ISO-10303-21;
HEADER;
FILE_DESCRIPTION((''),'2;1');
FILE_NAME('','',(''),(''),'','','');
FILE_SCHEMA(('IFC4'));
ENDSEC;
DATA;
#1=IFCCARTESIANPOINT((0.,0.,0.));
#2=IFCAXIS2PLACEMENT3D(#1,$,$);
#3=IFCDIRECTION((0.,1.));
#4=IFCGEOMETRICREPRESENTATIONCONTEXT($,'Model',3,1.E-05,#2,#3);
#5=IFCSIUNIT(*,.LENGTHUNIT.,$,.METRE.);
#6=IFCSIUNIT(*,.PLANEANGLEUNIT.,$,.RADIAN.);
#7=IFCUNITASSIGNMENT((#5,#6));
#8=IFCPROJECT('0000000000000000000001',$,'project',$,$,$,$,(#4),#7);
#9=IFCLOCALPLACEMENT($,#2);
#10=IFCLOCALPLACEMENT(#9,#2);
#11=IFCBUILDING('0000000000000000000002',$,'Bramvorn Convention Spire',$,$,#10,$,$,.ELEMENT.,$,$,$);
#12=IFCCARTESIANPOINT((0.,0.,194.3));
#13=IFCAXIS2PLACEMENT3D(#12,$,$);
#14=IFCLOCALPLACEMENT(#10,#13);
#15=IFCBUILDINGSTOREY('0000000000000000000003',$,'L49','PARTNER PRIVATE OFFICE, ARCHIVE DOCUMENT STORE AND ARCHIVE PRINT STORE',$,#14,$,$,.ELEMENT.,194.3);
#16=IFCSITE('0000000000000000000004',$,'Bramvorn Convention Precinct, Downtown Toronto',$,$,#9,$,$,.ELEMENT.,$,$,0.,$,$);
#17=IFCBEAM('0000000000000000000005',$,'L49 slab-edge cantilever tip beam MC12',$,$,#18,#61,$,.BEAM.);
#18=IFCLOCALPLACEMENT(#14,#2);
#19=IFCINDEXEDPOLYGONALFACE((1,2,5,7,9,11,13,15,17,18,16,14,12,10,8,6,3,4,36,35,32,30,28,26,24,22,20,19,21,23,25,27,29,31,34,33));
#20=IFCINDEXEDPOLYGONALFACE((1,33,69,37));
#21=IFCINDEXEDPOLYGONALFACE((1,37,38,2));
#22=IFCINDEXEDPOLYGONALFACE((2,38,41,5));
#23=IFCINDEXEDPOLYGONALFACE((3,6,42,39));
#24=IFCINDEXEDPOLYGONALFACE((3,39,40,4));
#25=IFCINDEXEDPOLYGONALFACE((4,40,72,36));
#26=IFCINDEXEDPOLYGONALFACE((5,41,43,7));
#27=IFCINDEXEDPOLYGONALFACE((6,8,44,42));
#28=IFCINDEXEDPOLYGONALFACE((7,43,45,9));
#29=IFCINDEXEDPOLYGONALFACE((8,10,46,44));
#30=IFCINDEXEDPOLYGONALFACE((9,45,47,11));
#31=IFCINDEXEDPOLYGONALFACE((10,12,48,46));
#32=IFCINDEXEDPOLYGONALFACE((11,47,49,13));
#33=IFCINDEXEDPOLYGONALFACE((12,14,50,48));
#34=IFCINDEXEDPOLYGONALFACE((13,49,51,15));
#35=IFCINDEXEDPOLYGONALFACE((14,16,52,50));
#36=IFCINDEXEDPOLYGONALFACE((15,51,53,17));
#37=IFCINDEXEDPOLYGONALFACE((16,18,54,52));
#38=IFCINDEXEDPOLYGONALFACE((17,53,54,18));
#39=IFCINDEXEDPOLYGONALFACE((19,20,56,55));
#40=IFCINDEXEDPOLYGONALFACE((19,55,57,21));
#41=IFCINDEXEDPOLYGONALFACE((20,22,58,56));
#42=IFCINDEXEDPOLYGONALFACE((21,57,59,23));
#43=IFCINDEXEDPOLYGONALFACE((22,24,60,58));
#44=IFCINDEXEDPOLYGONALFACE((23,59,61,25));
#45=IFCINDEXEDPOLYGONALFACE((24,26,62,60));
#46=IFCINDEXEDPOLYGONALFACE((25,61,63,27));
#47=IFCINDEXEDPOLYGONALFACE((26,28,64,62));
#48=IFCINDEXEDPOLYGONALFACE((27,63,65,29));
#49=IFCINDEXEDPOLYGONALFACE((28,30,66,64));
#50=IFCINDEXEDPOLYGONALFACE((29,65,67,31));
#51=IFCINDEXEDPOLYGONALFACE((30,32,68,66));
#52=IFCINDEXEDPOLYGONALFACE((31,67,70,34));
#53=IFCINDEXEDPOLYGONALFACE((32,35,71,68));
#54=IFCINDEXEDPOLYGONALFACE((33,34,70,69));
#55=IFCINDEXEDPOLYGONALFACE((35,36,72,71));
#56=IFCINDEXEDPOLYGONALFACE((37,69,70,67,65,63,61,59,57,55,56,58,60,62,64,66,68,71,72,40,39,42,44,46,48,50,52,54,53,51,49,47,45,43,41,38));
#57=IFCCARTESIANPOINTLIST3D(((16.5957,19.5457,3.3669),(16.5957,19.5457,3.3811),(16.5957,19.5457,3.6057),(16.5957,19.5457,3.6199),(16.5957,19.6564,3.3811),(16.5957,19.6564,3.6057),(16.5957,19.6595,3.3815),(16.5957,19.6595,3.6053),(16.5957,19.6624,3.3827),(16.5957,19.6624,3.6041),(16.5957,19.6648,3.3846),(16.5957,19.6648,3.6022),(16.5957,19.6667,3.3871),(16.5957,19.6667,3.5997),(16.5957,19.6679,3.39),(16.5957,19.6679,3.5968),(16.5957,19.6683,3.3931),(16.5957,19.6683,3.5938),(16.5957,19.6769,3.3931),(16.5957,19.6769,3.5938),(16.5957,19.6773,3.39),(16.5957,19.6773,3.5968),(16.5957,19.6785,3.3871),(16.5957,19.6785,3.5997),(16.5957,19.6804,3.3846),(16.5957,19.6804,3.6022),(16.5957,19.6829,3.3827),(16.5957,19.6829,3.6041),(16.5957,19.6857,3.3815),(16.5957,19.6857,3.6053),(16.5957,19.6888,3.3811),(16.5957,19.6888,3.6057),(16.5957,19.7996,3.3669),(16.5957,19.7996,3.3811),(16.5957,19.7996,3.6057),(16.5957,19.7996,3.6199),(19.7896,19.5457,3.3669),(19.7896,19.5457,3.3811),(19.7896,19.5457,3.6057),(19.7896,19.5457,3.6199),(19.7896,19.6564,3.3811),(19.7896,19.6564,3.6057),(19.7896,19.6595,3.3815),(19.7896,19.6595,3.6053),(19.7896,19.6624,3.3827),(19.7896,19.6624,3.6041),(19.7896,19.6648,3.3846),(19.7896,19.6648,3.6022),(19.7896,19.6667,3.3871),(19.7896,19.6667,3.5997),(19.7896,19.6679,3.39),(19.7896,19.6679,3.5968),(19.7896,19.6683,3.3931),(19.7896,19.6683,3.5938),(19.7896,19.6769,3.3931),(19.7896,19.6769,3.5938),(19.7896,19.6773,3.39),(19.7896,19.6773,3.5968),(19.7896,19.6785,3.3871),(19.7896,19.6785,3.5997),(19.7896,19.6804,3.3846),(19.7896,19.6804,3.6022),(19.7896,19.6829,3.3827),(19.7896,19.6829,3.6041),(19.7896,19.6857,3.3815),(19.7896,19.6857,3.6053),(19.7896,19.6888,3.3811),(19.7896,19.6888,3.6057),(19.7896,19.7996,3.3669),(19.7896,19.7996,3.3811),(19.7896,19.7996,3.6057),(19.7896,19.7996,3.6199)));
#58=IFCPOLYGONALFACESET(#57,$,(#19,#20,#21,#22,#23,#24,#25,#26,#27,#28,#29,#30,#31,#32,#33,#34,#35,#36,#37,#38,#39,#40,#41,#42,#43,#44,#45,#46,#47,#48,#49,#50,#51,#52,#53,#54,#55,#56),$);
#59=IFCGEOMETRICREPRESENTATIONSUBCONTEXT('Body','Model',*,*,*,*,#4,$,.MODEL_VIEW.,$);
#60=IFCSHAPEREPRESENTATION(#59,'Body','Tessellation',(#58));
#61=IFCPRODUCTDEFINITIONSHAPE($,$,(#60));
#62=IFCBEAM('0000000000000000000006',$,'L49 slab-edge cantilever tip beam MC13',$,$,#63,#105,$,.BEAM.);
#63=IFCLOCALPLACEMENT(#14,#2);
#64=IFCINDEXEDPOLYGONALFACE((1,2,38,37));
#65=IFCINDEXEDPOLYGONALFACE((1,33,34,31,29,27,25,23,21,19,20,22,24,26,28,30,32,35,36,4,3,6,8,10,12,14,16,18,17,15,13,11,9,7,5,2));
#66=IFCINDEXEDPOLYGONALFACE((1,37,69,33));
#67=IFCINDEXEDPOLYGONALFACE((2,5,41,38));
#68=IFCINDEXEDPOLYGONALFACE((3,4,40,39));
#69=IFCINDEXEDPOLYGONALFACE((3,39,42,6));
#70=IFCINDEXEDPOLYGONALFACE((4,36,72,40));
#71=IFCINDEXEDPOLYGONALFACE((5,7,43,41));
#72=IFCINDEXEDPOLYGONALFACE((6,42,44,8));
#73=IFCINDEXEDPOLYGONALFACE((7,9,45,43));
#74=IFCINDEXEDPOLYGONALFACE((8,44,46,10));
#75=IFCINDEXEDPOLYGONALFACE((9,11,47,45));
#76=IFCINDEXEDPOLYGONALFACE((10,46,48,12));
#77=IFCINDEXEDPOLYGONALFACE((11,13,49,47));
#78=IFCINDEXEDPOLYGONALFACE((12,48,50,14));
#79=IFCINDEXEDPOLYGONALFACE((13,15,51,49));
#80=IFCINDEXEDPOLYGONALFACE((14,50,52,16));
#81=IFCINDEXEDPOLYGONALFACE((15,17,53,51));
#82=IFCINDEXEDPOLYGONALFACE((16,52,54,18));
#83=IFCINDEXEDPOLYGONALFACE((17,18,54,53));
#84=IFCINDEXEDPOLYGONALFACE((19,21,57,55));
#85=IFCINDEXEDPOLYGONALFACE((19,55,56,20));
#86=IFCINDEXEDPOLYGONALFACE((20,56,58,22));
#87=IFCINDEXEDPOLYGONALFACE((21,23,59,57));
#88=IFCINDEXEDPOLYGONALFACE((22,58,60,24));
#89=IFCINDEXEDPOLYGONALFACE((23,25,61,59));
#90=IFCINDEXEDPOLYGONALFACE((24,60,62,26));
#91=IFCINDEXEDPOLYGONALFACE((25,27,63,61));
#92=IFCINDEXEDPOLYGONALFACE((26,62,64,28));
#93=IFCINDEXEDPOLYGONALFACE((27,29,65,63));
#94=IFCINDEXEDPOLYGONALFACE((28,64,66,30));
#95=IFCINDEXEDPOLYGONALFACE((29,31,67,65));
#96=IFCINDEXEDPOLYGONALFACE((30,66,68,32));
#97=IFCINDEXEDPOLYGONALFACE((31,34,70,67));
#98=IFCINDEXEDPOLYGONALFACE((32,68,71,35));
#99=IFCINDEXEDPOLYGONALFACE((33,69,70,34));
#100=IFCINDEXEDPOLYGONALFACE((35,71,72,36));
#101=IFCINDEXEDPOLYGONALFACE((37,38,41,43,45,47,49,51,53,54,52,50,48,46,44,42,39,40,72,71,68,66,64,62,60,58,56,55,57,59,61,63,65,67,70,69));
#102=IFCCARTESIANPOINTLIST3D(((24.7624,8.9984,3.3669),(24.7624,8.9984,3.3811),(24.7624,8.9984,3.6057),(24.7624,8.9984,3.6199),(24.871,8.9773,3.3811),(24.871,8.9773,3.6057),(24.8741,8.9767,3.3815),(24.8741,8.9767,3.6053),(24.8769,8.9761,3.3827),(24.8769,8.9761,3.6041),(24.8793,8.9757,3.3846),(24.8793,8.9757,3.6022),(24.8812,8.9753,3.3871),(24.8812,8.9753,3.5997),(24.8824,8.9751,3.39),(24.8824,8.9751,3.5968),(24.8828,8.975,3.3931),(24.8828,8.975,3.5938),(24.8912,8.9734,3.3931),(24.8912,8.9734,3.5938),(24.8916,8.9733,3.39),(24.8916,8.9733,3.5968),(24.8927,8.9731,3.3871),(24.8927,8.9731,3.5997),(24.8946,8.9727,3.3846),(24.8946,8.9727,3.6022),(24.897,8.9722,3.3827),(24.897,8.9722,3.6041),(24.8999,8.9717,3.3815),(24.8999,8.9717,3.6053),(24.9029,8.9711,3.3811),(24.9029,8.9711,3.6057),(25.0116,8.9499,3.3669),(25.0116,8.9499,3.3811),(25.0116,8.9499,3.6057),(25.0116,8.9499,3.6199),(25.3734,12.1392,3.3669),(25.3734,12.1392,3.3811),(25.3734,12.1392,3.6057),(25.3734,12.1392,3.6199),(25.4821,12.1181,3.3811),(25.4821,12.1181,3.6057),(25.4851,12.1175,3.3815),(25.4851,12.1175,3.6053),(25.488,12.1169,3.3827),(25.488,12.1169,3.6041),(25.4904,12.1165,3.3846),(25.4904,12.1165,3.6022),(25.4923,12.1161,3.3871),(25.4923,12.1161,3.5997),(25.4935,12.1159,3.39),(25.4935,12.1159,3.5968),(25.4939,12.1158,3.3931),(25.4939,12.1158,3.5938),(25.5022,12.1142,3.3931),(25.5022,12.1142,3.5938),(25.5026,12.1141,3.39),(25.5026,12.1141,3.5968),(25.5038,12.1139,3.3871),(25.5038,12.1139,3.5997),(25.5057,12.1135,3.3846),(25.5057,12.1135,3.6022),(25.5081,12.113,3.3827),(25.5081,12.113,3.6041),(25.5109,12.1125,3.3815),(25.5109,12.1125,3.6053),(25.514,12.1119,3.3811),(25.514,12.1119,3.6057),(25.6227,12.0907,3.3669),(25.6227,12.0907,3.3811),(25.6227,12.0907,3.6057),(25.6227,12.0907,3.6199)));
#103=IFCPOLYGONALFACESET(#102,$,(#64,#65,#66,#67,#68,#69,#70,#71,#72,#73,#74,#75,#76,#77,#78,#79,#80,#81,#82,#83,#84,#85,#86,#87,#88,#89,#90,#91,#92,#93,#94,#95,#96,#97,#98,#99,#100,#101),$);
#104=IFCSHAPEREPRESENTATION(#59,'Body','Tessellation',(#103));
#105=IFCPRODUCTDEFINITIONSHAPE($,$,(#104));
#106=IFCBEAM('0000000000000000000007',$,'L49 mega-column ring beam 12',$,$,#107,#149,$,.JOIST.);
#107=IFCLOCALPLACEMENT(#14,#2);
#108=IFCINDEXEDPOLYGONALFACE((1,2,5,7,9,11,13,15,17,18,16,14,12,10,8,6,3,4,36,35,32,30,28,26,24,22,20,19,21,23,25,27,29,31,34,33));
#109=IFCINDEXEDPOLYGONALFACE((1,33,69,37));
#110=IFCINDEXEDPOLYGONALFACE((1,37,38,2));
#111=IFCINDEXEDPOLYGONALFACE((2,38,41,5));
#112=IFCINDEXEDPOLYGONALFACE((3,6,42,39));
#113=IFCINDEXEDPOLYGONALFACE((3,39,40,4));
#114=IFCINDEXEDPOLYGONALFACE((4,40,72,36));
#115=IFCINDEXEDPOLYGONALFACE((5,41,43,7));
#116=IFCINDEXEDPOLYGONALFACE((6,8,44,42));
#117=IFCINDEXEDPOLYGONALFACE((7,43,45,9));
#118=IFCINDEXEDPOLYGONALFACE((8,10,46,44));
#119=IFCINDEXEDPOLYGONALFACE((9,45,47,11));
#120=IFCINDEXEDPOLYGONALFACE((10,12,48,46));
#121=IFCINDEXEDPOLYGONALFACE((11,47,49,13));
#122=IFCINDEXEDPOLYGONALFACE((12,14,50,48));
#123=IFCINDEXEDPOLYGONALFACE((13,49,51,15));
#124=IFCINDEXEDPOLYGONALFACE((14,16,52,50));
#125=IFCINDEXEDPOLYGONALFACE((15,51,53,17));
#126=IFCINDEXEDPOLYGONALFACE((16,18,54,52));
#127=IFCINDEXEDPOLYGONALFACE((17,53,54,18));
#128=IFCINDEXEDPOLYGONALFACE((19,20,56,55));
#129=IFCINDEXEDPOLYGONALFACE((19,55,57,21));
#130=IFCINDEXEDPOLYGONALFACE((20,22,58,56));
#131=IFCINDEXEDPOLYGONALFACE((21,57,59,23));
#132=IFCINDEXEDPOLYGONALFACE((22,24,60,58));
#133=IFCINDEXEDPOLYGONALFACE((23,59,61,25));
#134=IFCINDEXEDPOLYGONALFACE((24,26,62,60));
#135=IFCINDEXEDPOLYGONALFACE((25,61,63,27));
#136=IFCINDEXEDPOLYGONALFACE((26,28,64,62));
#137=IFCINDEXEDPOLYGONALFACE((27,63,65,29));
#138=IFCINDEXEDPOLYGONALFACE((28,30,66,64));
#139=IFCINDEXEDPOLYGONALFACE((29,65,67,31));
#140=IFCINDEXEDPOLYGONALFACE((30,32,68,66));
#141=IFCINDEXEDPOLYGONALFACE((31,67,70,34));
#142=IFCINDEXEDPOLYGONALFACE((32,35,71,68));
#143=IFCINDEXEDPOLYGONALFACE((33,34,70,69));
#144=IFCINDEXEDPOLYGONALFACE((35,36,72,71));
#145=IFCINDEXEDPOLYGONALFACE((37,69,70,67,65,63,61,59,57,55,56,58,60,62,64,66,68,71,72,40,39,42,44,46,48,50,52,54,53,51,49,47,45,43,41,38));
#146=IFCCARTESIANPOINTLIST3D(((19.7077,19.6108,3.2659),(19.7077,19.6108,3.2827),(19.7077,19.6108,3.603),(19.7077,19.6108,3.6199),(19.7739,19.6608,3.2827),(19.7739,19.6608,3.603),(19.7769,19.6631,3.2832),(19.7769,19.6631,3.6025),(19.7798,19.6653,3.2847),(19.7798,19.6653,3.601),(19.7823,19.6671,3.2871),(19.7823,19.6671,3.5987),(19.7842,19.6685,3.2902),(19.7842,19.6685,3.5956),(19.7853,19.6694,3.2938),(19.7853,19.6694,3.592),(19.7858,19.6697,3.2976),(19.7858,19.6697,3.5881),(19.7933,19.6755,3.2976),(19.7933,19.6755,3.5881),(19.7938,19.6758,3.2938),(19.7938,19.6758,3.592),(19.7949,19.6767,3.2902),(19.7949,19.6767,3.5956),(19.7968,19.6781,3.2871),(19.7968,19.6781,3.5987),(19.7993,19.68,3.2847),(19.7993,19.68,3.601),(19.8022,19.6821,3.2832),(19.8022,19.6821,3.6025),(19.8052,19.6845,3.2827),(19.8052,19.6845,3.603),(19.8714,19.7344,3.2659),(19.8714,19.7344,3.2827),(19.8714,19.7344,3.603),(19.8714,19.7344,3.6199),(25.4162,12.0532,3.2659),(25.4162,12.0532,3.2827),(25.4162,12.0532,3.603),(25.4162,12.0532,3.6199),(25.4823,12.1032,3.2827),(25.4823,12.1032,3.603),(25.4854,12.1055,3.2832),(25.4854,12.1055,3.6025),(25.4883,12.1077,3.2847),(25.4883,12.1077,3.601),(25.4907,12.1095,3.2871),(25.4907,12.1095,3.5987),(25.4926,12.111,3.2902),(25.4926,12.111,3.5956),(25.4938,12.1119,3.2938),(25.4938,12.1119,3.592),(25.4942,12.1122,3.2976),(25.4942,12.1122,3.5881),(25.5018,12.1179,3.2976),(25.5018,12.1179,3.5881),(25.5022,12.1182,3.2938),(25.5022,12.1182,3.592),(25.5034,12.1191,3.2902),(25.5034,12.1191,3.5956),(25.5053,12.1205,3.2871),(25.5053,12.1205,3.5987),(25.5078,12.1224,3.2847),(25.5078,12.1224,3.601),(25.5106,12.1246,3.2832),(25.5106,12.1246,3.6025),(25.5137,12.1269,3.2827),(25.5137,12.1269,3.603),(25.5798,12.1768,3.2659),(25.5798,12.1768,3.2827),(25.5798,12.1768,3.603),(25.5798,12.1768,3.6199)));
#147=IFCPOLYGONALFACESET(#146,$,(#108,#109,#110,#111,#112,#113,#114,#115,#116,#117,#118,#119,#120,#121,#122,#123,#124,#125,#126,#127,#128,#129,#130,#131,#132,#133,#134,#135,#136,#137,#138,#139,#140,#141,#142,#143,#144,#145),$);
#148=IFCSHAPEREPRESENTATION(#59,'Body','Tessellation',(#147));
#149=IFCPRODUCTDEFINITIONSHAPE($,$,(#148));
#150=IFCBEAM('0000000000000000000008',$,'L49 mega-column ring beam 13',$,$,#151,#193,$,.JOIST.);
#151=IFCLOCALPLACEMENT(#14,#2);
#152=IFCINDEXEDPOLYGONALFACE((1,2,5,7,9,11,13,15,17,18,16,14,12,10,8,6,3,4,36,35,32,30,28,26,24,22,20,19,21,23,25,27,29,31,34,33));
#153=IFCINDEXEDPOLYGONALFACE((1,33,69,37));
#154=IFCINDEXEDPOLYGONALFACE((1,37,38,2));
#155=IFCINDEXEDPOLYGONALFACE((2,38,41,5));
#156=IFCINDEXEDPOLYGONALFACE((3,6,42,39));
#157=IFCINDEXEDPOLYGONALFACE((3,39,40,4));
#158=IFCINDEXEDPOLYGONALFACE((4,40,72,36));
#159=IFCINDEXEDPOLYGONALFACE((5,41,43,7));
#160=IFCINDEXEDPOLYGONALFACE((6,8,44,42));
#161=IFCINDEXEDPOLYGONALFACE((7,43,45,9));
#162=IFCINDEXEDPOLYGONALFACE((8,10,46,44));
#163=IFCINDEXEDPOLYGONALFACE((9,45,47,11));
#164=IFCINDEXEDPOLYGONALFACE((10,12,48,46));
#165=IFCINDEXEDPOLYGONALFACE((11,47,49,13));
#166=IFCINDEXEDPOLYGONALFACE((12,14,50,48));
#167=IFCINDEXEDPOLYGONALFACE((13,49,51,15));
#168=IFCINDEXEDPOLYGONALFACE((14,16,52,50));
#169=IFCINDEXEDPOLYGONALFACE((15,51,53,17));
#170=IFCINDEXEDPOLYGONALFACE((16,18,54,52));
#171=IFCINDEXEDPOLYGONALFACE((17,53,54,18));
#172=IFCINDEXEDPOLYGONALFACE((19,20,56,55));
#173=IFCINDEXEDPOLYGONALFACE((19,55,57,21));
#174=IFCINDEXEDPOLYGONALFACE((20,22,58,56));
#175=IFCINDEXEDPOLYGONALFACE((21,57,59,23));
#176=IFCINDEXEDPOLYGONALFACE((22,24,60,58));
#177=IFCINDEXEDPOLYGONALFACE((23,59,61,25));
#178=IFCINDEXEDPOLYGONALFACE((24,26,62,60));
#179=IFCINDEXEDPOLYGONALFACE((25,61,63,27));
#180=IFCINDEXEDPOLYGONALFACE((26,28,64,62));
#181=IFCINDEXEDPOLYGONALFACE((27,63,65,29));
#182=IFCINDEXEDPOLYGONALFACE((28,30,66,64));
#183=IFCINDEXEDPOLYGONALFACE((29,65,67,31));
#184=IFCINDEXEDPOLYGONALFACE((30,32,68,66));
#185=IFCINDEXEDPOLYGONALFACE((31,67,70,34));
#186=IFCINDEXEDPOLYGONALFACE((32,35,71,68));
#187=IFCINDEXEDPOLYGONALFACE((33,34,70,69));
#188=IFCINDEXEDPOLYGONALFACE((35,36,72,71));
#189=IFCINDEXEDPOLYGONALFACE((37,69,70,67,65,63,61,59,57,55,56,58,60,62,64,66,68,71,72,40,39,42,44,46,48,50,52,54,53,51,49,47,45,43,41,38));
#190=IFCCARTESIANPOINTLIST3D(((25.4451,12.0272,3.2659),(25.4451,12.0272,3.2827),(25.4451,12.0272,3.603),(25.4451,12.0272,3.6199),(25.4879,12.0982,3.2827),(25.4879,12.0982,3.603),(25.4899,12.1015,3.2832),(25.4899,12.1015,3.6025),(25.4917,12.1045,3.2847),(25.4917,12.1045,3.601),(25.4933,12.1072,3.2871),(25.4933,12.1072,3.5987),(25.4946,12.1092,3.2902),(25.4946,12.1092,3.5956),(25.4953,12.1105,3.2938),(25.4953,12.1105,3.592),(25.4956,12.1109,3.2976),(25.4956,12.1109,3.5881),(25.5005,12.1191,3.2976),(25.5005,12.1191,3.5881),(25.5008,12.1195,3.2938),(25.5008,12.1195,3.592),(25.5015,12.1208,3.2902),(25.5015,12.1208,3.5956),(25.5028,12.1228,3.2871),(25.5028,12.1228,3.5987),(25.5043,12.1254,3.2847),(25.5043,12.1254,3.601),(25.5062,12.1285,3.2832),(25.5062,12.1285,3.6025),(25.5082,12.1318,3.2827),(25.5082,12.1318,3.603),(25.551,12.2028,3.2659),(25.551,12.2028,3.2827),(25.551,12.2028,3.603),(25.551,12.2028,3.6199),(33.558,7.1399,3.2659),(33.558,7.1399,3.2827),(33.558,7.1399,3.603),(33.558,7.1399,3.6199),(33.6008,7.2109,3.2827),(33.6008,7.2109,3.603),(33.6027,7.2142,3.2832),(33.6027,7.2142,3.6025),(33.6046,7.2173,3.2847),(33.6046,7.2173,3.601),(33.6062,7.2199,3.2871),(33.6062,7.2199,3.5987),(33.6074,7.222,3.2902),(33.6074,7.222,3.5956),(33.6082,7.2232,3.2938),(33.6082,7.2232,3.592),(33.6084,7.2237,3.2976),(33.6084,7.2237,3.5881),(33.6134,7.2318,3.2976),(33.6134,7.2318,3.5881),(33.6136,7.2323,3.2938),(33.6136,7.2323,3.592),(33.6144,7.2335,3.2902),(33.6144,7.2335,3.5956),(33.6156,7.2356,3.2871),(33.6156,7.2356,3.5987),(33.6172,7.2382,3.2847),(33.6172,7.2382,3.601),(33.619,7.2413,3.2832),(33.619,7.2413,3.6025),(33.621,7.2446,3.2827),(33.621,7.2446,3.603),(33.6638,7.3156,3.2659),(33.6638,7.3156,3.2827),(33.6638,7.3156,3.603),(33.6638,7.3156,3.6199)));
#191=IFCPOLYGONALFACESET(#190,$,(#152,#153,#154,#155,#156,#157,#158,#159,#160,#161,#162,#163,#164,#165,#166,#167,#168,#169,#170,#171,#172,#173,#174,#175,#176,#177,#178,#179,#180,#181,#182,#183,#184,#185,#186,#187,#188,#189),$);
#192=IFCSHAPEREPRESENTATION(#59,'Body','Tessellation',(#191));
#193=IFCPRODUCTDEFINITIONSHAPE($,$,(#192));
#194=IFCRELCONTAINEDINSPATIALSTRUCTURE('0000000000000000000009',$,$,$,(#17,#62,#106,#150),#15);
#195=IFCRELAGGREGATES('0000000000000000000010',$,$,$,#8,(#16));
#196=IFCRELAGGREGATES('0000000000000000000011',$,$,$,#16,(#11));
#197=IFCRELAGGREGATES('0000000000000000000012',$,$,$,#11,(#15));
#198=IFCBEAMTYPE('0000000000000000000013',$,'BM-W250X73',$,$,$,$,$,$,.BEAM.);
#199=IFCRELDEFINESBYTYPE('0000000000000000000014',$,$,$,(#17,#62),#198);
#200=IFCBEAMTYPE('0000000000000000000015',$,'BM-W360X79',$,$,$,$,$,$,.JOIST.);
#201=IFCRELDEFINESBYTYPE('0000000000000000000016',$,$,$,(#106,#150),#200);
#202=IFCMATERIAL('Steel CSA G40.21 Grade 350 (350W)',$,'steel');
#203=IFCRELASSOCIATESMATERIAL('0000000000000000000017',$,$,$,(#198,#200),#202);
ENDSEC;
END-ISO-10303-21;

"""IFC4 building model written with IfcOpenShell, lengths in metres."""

from ifc_helpers import new_model, si_unit, direction, frame, origin, origin_2d, place, context, subcontext, project, spatial, i_section, extrude, material, material_profile, profile_set, type_object, element, save


model = new_model("IFC4")

# Units and contexts
model_context = context("Model", 3, precision=1e-05, world=origin(), true_north=direction((0.0, 1.0)))
body_context = subcontext(model_context, "Body", "Model", "MODEL_VIEW")
ifc_project = project(units=[si_unit("LENGTHUNIT", "METRE"), si_unit("PLANEANGLEUNIT", "RADIAN")], contexts=[model_context])

# Site, building, storey
site_placement = place(None, origin())
site = spatial("IfcSite", under=ifc_project, at=site_placement, Name="Bramvorn Convention Precinct, Downtown Toronto", CompositionType="ELEMENT", RefElevation=0.0)
building_placement = place(site_placement, origin())
building = spatial("IfcBuilding", under=site, at=building_placement, Name="Bramvorn Convention Spire", CompositionType="ELEMENT")
storey_placement = place(building_placement, frame((0.0, 0.0, 194.3)))
storey = spatial("IfcBuildingStorey", under=building, at=storey_placement, Name="L49", Description="PARTNER PRIVATE OFFICE, ARCHIVE DOCUMENT STORE AND ARCHIVE PRINT STORE", CompositionType="ELEMENT", Elevation=194.3)

# Shared definitions
ifc_material_1 = material(Name="Steel CSA G40.21 Grade 350 (350W)", Category="steel")

# Beams
ifc_material_profile_1 = material_profile(ifc_material_1, i_section(OverallWidth=0.2539, OverallDepth=0.2529, WebThickness=0.0085, FlangeThickness=0.0142, FilletRadius=0.012, at=origin_2d()))
ifc_profile_set_1 = profile_set([ifc_material_profile_1], Name="Steel CSA G40.21 Grade 350 (350W) - W250X73")
beam_type_1 = type_object("IfcBeamType", Name="BM-W250X73", PredefinedType="BEAM", material=ifc_profile_set_1)
beam_1_placement = place(storey_placement, frame((19.7896, 19.6726, 3.4934), z_axis=(-1.0, 0.0, 0.0), x_axis=(0.0, -1.0, 0.0)))
element("IfcBeam", 1, at=beam_1_placement, inside=storey, type_object=beam_type_1, Name="L49 slab-edge cantilever tip beam MC12", PredefinedType="BEAM", context=body_context, shape_type="SweptSolid", body=[
    extrude(i_section(OverallWidth=0.2539, OverallDepth=0.2529, WebThickness=0.0085, FlangeThickness=0.0142, FilletRadius=0.012, at=origin_2d()), origin(), (0.0, 0.0, 1.0), 3.1938),
])
beam_2_placement = place(storey_placement, frame((25.498, 12.115, 3.4934), z_axis=(-0.190978, -0.981594, 0.0), x_axis=(0.981594, -0.190978, 0.0)))
element("IfcBeam", 2, at=beam_2_placement, inside=storey, type_object=beam_type_1, Name="L49 slab-edge cantilever tip beam MC13", PredefinedType="BEAM", context=body_context, shape_type="SweptSolid", body=[
    extrude(i_section(OverallWidth=0.2539, OverallDepth=0.2529, WebThickness=0.0085, FlangeThickness=0.0142, FilletRadius=0.012, at=origin_2d()), origin(), (0.0, 0.0, 1.0), 3.1997),
])
ifc_material_profile_2 = material_profile(ifc_material_1, i_section(OverallWidth=0.2051, OverallDepth=0.354, WebThickness=0.0095, FlangeThickness=0.0168, FilletRadius=0.0149, at=origin_2d()))
ifc_profile_set_2 = profile_set([ifc_material_profile_2], Name="Steel CSA G40.21 Grade 350 (350W) - W360X79")
beam_type_2 = type_object("IfcBeamType", Name="BM-W360X79", PredefinedType="JOIST", material=ifc_profile_set_2)
for number, where, z_axis, x_axis, name in (
    (3, (19.7896, 19.6726, 3.4429), (0.602719, -0.797954, 0.0), (0.797954, 0.602719, 0.0), "L49 mega-column ring beam 12"),
    (4, (25.498, 12.115, 3.4429), (0.856582, -0.516011, 0.0), (0.516011, 0.856582, 0.0), "L49 mega-column ring beam 13"),
):
    element("IfcBeam", number, at=place(storey_placement, frame(where, z_axis=z_axis, x_axis=x_axis)), inside=storey, type_object=beam_type_2, Name=name, PredefinedType="JOIST", context=body_context, shape_type="SweptSolid", body=[
        extrude(i_section(OverallWidth=0.2051, OverallDepth=0.354, WebThickness=0.0095, FlangeThickness=0.0168, FilletRadius=0.0149, at=origin_2d()), origin(), (0.0, 0.0, 1.0), 9.4712),
    ])

save(model, "model.ifc")
